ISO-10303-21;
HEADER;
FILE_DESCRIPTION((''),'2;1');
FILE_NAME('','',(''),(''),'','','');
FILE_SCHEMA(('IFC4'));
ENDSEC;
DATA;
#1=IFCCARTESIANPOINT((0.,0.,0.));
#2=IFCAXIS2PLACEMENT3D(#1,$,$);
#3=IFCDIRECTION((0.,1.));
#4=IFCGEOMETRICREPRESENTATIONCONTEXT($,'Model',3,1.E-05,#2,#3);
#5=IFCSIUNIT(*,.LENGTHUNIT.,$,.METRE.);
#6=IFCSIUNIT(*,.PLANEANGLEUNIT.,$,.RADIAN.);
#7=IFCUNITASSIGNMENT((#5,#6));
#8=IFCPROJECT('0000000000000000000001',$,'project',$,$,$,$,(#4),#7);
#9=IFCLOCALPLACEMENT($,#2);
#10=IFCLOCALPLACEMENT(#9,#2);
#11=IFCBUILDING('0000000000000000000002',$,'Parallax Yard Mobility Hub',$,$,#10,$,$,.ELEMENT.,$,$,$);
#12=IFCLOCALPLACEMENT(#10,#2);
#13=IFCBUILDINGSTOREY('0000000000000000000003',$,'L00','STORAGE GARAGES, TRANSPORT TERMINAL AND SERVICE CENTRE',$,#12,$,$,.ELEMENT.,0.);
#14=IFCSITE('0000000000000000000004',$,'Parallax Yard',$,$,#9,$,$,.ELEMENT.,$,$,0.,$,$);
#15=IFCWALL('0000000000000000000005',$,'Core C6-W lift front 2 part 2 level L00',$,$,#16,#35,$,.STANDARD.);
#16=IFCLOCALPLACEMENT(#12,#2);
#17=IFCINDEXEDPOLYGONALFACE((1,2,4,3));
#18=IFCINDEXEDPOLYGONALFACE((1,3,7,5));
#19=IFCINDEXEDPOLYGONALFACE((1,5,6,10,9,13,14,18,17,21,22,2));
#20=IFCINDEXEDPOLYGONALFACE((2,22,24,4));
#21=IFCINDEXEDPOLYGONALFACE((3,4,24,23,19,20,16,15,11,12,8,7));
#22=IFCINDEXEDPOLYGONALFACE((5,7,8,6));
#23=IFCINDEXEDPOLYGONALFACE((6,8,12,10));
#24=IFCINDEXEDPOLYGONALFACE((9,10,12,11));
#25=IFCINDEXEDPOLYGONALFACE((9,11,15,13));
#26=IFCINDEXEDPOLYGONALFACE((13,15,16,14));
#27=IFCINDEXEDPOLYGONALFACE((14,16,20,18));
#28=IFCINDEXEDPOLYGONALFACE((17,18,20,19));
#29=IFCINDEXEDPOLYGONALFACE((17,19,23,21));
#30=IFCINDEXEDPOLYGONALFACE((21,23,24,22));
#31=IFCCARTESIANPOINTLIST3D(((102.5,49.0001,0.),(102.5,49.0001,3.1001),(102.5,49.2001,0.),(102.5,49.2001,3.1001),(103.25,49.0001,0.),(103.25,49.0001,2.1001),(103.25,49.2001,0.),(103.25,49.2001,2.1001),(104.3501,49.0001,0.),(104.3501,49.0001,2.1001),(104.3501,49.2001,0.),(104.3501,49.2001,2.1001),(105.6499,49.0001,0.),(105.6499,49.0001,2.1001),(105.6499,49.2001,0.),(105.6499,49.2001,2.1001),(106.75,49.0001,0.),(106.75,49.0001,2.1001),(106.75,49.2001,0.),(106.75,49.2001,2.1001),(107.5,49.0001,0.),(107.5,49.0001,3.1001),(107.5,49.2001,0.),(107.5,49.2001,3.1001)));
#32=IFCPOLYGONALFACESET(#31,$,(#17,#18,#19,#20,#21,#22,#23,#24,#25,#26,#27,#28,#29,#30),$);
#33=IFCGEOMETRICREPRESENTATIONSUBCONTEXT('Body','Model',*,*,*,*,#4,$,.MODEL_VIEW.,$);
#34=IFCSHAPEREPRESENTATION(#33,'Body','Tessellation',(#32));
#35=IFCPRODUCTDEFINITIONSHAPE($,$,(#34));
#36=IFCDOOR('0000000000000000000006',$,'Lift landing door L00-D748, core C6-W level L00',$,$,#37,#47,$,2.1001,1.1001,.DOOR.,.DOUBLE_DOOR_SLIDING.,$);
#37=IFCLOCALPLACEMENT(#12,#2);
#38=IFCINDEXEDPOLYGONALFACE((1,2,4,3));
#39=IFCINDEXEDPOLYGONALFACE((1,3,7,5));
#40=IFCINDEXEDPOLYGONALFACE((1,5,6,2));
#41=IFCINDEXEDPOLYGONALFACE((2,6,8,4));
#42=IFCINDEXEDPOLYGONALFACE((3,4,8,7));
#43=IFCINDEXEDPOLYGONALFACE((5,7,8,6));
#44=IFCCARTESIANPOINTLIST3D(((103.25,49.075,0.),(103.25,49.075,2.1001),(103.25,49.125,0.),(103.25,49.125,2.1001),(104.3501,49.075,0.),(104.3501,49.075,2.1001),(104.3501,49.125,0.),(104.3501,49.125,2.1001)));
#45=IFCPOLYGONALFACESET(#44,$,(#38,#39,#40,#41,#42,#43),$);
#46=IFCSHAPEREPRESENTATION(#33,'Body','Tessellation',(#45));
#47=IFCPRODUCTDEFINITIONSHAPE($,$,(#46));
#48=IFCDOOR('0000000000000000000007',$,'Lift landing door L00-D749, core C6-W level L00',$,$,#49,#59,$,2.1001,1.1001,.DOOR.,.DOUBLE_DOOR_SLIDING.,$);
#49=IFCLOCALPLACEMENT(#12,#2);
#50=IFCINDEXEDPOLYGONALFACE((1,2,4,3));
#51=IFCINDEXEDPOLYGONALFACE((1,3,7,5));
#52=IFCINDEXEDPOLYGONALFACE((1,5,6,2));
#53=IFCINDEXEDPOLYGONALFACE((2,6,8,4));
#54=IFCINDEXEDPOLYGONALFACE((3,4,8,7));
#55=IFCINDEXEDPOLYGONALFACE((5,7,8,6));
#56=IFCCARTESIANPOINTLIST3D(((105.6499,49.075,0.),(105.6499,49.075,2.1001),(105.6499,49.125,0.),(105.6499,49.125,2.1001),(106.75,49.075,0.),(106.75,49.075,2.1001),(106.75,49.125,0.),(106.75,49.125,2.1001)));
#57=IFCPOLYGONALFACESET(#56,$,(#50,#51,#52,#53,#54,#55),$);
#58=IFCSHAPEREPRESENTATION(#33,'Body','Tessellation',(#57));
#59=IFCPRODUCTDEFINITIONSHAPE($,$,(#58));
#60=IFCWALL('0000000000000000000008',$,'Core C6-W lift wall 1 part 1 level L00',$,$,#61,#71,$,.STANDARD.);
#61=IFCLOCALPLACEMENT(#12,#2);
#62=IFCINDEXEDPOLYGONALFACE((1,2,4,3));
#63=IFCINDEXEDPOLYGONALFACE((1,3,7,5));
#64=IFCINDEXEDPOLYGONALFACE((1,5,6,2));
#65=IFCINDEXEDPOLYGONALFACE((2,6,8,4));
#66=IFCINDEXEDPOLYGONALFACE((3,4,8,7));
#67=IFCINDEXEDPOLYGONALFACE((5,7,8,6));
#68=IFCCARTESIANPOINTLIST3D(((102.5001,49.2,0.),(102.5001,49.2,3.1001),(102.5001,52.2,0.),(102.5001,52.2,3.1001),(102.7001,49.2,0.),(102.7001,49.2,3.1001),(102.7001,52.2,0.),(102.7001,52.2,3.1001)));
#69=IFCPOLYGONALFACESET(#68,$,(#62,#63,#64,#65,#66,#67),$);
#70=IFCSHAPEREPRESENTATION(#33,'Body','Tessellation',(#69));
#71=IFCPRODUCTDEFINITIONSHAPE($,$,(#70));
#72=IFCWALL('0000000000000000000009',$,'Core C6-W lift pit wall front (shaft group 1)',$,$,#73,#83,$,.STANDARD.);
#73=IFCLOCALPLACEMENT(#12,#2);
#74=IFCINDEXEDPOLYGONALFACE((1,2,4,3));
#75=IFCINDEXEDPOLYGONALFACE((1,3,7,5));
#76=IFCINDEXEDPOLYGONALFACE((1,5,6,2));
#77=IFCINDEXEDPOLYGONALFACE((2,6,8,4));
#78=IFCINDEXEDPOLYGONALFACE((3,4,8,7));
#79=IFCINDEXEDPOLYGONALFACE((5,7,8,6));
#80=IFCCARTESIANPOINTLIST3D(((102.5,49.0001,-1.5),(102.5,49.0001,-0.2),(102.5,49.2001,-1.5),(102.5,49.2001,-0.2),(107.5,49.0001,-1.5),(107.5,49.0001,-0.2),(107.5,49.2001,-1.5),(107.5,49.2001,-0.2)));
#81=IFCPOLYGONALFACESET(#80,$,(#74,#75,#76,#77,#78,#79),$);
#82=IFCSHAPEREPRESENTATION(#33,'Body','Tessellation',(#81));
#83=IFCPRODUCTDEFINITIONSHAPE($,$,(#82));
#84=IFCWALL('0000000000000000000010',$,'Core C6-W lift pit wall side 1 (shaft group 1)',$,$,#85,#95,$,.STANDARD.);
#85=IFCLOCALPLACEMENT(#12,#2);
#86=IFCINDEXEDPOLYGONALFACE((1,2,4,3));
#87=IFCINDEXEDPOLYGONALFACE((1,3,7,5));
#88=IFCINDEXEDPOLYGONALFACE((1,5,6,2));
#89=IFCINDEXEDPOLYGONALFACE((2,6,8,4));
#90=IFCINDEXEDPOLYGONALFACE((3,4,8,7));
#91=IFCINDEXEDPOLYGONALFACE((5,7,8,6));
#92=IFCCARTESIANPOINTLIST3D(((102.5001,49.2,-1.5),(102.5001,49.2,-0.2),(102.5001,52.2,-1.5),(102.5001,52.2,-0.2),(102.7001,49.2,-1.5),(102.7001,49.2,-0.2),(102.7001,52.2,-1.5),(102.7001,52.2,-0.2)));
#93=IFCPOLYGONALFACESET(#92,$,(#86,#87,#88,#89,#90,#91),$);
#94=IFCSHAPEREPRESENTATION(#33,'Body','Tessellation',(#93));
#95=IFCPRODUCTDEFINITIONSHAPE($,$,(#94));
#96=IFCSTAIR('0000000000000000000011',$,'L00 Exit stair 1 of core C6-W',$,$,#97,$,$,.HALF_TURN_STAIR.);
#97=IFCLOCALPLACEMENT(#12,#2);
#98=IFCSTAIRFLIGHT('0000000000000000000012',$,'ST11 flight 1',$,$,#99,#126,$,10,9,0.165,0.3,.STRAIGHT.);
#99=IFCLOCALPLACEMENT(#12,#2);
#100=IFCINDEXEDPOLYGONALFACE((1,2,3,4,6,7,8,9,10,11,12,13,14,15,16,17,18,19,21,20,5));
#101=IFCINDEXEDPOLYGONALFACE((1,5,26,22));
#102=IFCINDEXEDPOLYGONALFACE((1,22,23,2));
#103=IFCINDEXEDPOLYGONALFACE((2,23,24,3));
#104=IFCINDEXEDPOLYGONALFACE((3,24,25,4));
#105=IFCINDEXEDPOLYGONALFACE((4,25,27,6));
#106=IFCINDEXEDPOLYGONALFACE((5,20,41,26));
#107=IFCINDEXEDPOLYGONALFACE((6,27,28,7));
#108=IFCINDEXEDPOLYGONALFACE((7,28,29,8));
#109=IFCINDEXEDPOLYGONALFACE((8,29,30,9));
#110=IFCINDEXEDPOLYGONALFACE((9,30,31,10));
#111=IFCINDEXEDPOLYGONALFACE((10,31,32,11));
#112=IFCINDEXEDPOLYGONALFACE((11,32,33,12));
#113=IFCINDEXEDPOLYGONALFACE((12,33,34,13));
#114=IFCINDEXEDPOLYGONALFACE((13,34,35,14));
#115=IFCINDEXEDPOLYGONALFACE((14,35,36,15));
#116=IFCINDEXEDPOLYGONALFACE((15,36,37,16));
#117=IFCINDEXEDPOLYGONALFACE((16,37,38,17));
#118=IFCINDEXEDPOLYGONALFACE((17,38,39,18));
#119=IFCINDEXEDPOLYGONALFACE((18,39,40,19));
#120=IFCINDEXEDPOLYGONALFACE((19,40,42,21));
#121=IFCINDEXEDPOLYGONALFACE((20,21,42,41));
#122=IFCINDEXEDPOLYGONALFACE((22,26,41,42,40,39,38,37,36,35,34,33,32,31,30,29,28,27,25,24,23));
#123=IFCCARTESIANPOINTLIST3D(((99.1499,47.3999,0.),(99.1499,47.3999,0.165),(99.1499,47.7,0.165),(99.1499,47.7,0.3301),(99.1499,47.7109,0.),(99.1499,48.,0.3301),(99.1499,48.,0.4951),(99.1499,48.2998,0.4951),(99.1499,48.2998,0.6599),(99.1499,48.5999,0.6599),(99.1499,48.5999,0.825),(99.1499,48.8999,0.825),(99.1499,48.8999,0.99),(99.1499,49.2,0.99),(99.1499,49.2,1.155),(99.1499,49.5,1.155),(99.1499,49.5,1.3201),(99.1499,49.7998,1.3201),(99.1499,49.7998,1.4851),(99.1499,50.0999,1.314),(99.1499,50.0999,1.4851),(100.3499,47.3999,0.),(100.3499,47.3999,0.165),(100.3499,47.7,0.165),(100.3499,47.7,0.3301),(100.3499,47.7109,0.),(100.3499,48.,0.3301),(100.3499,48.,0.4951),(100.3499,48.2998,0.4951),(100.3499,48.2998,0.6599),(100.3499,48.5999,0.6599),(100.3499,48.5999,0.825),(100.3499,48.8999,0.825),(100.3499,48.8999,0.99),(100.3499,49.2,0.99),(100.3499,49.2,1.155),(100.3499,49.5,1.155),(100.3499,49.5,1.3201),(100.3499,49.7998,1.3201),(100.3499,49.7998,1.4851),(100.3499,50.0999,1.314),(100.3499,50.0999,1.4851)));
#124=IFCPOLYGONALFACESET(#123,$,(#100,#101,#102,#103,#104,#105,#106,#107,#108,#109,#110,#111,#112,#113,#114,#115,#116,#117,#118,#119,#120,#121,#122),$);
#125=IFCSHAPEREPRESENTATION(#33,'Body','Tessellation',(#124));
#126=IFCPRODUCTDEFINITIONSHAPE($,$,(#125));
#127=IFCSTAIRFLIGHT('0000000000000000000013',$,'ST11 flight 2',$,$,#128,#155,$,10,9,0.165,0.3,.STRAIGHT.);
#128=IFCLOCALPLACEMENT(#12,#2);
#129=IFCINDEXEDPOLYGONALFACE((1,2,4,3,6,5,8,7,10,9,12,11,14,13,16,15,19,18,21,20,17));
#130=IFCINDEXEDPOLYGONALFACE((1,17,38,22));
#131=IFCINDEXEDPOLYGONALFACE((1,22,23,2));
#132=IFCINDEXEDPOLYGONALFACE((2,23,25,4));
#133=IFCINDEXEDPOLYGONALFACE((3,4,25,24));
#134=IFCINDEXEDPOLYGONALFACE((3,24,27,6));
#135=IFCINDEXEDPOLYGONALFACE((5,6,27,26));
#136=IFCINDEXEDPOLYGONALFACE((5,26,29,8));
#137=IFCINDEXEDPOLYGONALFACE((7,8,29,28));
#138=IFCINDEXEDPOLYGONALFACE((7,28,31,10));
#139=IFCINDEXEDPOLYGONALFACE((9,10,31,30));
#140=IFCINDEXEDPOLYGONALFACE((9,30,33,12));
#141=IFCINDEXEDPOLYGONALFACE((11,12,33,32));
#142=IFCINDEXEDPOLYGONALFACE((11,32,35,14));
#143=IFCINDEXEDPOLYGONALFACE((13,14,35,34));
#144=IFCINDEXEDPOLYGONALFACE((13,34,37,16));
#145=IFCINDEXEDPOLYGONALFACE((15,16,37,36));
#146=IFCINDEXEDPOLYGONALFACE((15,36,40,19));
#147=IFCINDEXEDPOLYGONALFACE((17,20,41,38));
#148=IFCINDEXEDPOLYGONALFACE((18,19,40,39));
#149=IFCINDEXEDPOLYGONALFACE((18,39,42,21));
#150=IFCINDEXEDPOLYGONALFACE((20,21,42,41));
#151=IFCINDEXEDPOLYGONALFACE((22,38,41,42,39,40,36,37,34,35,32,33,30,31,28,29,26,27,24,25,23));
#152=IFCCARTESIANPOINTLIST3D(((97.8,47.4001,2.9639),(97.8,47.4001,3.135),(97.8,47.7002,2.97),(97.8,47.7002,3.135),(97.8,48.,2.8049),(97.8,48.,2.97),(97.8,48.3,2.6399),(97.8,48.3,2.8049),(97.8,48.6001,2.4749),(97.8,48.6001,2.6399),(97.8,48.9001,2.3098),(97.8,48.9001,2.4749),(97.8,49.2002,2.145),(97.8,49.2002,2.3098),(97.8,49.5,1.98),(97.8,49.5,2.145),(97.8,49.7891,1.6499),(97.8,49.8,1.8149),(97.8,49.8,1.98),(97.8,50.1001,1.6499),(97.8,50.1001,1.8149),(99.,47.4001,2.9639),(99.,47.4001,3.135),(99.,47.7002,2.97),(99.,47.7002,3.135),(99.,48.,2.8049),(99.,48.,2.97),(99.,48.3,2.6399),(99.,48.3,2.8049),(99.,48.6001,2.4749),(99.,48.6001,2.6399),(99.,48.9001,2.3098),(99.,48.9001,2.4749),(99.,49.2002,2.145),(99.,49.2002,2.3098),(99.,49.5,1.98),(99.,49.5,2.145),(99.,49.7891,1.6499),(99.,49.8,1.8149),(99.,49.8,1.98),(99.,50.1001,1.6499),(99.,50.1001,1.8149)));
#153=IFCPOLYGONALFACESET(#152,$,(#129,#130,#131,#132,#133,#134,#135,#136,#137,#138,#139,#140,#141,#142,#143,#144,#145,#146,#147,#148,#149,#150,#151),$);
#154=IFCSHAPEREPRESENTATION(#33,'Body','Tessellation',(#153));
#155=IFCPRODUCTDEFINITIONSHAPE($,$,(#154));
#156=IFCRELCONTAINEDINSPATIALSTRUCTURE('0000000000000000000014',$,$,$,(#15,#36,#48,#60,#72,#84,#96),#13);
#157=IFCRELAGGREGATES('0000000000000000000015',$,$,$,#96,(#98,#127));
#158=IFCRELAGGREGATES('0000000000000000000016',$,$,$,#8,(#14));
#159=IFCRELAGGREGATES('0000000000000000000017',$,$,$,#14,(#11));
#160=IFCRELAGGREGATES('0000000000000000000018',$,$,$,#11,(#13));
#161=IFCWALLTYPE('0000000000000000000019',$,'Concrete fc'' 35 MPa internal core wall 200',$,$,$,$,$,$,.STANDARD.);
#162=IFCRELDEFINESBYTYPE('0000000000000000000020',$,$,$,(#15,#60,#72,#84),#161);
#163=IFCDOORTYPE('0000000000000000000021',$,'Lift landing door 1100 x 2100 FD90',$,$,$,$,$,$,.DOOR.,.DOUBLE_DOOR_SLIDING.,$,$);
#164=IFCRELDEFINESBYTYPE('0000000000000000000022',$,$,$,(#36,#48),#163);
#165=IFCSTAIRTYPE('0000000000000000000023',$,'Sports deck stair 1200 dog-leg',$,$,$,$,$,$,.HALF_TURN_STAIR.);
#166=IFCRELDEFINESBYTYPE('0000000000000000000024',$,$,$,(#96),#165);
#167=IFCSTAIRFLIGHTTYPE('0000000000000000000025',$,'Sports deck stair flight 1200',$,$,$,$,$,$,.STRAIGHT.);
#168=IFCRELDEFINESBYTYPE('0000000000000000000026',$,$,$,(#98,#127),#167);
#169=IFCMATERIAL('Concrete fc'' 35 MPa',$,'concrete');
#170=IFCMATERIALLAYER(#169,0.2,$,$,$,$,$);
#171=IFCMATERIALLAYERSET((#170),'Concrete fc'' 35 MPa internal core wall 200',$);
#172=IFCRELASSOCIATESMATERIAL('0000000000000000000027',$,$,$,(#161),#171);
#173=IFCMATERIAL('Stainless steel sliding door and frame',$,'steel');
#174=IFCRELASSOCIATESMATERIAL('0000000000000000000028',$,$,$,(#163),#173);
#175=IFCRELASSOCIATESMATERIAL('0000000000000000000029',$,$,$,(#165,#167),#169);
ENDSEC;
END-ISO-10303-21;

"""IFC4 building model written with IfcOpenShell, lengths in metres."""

from ifc_helpers import new_model, si_unit, direction, frame, frame_2d, origin, place, context, subcontext, project, spatial, polyline, rectangle, outline, extrude, material, layer, layer_set, type_object, element, fill, aggregate, save


model = new_model("IFC4")

# Units and contexts
model_context = context("Model", 3, precision=1e-05, world=origin(), true_north=direction((0.0, 1.0)))
body_context = subcontext(model_context, "Body", "Model", "MODEL_VIEW")
ifc_project = project(units=[si_unit("LENGTHUNIT", "METRE"), si_unit("PLANEANGLEUNIT", "RADIAN")], contexts=[model_context])

# Site, building, storey
site_placement = place(None, origin())
site = spatial("IfcSite", under=ifc_project, at=site_placement, Name="Parallax Yard", CompositionType="ELEMENT", RefElevation=0.0)
building_placement = place(site_placement, origin())
building = spatial("IfcBuilding", under=site, at=building_placement, Name="Parallax Yard Mobility Hub", CompositionType="ELEMENT")
storey_placement = place(building_placement, origin())
storey = spatial("IfcBuildingStorey", under=building, at=storey_placement, Name="L00", Description="STORAGE GARAGES, TRANSPORT TERMINAL AND SERVICE CENTRE", CompositionType="ELEMENT", Elevation=0.0)

# Shared definitions
ifc_material_1 = material(Name="Concrete fc' 35 MPa", Category="concrete")

# Shared definitions
ifc_layer_1 = layer(ifc_material_1, 0.2)
ifc_layer_set_1 = layer_set([ifc_layer_1], Name="Concrete fc' 35 MPa internal core wall 200")
wall_type_1 = type_object("IfcWallType", Name="Concrete fc' 35 MPa internal core wall 200", PredefinedType="STANDARD", material=ifc_layer_set_1)

# Wall, openings, doors
wall_1_placement = place(storey_placement, frame((102.5, 49.1001, 0.0), z_axis=(0.0, 0.0, 1.0), x_axis=(1.0, 0.0, 0.0)))
wall_1 = element("IfcWall", 1, at=wall_1_placement, inside=storey, type_object=wall_type_1, Name="Core C6-W lift front 2 part 2 level L00", PredefinedType="STANDARD", context=body_context, shape_type="SweptSolid", body=[
    extrude(rectangle(XDim=5.0, YDim=0.2, at=frame_2d((2.5, 0.0))), origin(), (0.0, 0.0, 1.0), 3.1001),
])
opening_1_placement = place(wall_1_placement, frame((0.75, 0.0, 0.0)))
opening_1 = element("IfcOpeningElement", 2, at=opening_1_placement, cuts=wall_1, PredefinedType="OPENING", context=body_context, shape_type="SweptSolid", body=[
    extrude(rectangle(XDim=1.1001, YDim=2.1001, at=frame_2d((0.55, 1.05))), frame((0.0, 0.1099, 0.0), z_axis=(0.0, -1.0, 0.0), x_axis=(1.0, 0.0, 0.0)), (0.0, 0.0, 1.0), 0.22),
])
opening_2_placement = place(wall_1_placement, frame((3.1499, 0.0, 0.0)))
opening_2 = element("IfcOpeningElement", 3, at=opening_2_placement, cuts=wall_1, PredefinedType="OPENING", context=body_context, shape_type="SweptSolid", body=[
    extrude(rectangle(XDim=1.1001, YDim=2.1001, at=frame_2d((0.55, 1.05))), frame((0.0, 0.1099, 0.0), z_axis=(0.0, -1.0, 0.0), x_axis=(1.0, 0.0, 0.0)), (0.0, 0.0, 1.0), 0.22),
])
ifc_material_2 = material(Name="Stainless steel sliding door and frame", Category="steel")
door_type_1 = type_object("IfcDoorType", Name="Lift landing door 1100 x 2100 FD90", OperationType="DOUBLE_DOOR_SLIDING", PredefinedType="DOOR", material=ifc_material_2)
door_1_placement = place(opening_1_placement, origin())
door_1 = element("IfcDoor", 4, at=door_1_placement, inside=storey, type_object=door_type_1, Name="Lift landing door L00-D748, core C6-W level L00", OperationType="DOUBLE_DOOR_SLIDING", OverallHeight=2.1001, OverallWidth=1.1001, PredefinedType="DOOR", context=body_context, shape_type="SweptSolid", body=[
    extrude(rectangle(XDim=1.1001, YDim=2.1001, at=frame_2d((0.55, 1.05))), frame((0.0, 0.0249, 0.0), z_axis=(0.0, -1.0, 0.0), x_axis=(1.0, 0.0, 0.0)), (0.0, 0.0, 1.0), 0.05),
])
fill(opening_1, door_1)
door_2_placement = place(opening_2_placement, origin())
door_2 = element("IfcDoor", 5, at=door_2_placement, inside=storey, type_object=door_type_1, Name="Lift landing door L00-D749, core C6-W level L00", OperationType="DOUBLE_DOOR_SLIDING", OverallHeight=2.1001, OverallWidth=1.1001, PredefinedType="DOOR", context=body_context, shape_type="SweptSolid", body=[
    extrude(rectangle(XDim=1.1001, YDim=2.1001, at=frame_2d((0.55, 1.05))), frame((0.0, 0.0249, 0.0), z_axis=(0.0, -1.0, 0.0), x_axis=(1.0, 0.0, 0.0)), (0.0, 0.0, 1.0), 0.05),
])
fill(opening_2, door_2)

# Walls
wall_2_placement = place(storey_placement, frame((102.6001, 49.2, 0.0), z_axis=(0.0, 0.0, 1.0), x_axis=(0.0, 1.0, 0.0)))
element("IfcWall", 6, at=wall_2_placement, inside=storey, type_object=wall_type_1, Name="Core C6-W lift wall 1 part 1 level L00", PredefinedType="STANDARD", context=body_context, shape_type="SweptSolid", body=[
    extrude(rectangle(XDim=3.0, YDim=0.2, at=frame_2d((1.5, 0.0))), origin(), (0.0, 0.0, 1.0), 3.1001),
])
wall_3_placement = place(storey_placement, frame((102.5, 49.1001, -1.5), z_axis=(0.0, 0.0, 1.0), x_axis=(1.0, 0.0, 0.0)))
element("IfcWall", 7, at=wall_3_placement, inside=storey, type_object=wall_type_1, Name="Core C6-W lift pit wall front (shaft group 1)", PredefinedType="STANDARD", context=body_context, shape_type="SweptSolid", body=[
    extrude(rectangle(XDim=5.0, YDim=0.2, at=frame_2d((2.5, 0.0))), origin(), (0.0, 0.0, 1.0), 1.3),
])
wall_4_placement = place(storey_placement, frame((102.6001, 49.2, -1.5), z_axis=(0.0, 0.0, 1.0), x_axis=(0.0, 1.0, 0.0)))
element("IfcWall", 8, at=wall_4_placement, inside=storey, type_object=wall_type_1, Name="Core C6-W lift pit wall side 1 (shaft group 1)", PredefinedType="STANDARD", context=body_context, shape_type="SweptSolid", body=[
    extrude(rectangle(XDim=3.0, YDim=0.2, at=frame_2d((1.5, 0.0))), origin(), (0.0, 0.0, 1.0), 1.3),
])

# Stair, stair flights
stair_type = type_object("IfcStairType", Name="Sports deck stair 1200 dog-leg", PredefinedType="HALF_TURN_STAIR", material=ifc_material_1)
stair_placement = place(storey_placement, origin())
stair = element("IfcStair", 9, at=stair_placement, inside=storey, type_object=stair_type, Name="L00 Exit stair 1 of core C6-W", PredefinedType="HALF_TURN_STAIR")
stair_flight_type = type_object("IfcStairFlightType", Name="Sports deck stair flight 1200", PredefinedType="STRAIGHT", material=ifc_material_1)
stair_flight_1_placement = place(storey_placement, frame((99.75, 47.3999, 0.0), z_axis=(0.0, 0.0, 1.0), x_axis=(0.0, 1.0, 0.0)))
stair_flight_1 = element("IfcStairFlight", 10, at=stair_flight_1_placement, type_object=stair_flight_type, Name="ST11 flight 1", NumberOfRisers=10, NumberOfTreads=9, PredefinedType="STRAIGHT", RiserHeight=0.165, TreadLength=0.3, context=body_context, shape_type="SweptSolid", body=[
    extrude(outline(polyline([(0.0, 0.0), (0.0, 0.165), (0.3, 0.165), (0.3, 0.3301), (0.6001, 0.3301), (0.6001, 0.4951), (0.8999, 0.4951), (0.8999, 0.6599), (1.2, 0.6599), (1.2, 0.825), (1.5, 0.825), (1.5, 0.99), (1.8, 0.99), (1.8, 1.155), (2.1001, 1.155), (2.1001, 1.3201), (2.3999, 1.3201), (2.3999, 1.4851), (2.7, 1.4851), (2.7, 1.6499), (2.7, 1.314), (0.311, 0.0), (0.0, 0.0)])), frame((0.0, 0.6001, 0.0), z_axis=(0.0, -1.0, 0.0), x_axis=(1.0, 0.0, 0.0)), (0.0, 0.0, 1.0), 1.2),
])
stair_flight_2_placement = place(storey_placement, frame((98.3999, 50.1001, 1.6499), z_axis=(0.0, 0.0, 1.0), x_axis=(0.0, -1.0, 0.0)))
stair_flight_2 = element("IfcStairFlight", 11, at=stair_flight_2_placement, type_object=stair_flight_type, Name="ST11 flight 2", NumberOfRisers=10, NumberOfTreads=9, PredefinedType="STRAIGHT", RiserHeight=0.165, TreadLength=0.3, context=body_context, shape_type="SweptSolid", body=[
    extrude(outline(polyline([(0.0, 0.0), (0.0, 0.165), (0.3, 0.165), (0.3, 0.3301), (0.6001, 0.3301), (0.6001, 0.4951), (0.8999, 0.4951), (0.8999, 0.6599), (1.2, 0.6599), (1.2, 0.825), (1.5, 0.825), (1.5, 0.99), (1.8, 0.99), (1.8, 1.155), (2.1001, 1.155), (2.1001, 1.3201), (2.3999, 1.3201), (2.3999, 1.4851), (2.7, 1.4851), (2.7, 1.6499), (2.7, 1.314), (0.311, 0.0), (0.0, 0.0)])), frame((0.0, 0.6001, 0.0), z_axis=(0.0, -1.0, 0.0), x_axis=(1.0, 0.0, 0.0)), (0.0, 0.0, 1.0), 1.2),
])
aggregate(stair, [stair_flight_1, stair_flight_2])

save(model, "model.ifc")
